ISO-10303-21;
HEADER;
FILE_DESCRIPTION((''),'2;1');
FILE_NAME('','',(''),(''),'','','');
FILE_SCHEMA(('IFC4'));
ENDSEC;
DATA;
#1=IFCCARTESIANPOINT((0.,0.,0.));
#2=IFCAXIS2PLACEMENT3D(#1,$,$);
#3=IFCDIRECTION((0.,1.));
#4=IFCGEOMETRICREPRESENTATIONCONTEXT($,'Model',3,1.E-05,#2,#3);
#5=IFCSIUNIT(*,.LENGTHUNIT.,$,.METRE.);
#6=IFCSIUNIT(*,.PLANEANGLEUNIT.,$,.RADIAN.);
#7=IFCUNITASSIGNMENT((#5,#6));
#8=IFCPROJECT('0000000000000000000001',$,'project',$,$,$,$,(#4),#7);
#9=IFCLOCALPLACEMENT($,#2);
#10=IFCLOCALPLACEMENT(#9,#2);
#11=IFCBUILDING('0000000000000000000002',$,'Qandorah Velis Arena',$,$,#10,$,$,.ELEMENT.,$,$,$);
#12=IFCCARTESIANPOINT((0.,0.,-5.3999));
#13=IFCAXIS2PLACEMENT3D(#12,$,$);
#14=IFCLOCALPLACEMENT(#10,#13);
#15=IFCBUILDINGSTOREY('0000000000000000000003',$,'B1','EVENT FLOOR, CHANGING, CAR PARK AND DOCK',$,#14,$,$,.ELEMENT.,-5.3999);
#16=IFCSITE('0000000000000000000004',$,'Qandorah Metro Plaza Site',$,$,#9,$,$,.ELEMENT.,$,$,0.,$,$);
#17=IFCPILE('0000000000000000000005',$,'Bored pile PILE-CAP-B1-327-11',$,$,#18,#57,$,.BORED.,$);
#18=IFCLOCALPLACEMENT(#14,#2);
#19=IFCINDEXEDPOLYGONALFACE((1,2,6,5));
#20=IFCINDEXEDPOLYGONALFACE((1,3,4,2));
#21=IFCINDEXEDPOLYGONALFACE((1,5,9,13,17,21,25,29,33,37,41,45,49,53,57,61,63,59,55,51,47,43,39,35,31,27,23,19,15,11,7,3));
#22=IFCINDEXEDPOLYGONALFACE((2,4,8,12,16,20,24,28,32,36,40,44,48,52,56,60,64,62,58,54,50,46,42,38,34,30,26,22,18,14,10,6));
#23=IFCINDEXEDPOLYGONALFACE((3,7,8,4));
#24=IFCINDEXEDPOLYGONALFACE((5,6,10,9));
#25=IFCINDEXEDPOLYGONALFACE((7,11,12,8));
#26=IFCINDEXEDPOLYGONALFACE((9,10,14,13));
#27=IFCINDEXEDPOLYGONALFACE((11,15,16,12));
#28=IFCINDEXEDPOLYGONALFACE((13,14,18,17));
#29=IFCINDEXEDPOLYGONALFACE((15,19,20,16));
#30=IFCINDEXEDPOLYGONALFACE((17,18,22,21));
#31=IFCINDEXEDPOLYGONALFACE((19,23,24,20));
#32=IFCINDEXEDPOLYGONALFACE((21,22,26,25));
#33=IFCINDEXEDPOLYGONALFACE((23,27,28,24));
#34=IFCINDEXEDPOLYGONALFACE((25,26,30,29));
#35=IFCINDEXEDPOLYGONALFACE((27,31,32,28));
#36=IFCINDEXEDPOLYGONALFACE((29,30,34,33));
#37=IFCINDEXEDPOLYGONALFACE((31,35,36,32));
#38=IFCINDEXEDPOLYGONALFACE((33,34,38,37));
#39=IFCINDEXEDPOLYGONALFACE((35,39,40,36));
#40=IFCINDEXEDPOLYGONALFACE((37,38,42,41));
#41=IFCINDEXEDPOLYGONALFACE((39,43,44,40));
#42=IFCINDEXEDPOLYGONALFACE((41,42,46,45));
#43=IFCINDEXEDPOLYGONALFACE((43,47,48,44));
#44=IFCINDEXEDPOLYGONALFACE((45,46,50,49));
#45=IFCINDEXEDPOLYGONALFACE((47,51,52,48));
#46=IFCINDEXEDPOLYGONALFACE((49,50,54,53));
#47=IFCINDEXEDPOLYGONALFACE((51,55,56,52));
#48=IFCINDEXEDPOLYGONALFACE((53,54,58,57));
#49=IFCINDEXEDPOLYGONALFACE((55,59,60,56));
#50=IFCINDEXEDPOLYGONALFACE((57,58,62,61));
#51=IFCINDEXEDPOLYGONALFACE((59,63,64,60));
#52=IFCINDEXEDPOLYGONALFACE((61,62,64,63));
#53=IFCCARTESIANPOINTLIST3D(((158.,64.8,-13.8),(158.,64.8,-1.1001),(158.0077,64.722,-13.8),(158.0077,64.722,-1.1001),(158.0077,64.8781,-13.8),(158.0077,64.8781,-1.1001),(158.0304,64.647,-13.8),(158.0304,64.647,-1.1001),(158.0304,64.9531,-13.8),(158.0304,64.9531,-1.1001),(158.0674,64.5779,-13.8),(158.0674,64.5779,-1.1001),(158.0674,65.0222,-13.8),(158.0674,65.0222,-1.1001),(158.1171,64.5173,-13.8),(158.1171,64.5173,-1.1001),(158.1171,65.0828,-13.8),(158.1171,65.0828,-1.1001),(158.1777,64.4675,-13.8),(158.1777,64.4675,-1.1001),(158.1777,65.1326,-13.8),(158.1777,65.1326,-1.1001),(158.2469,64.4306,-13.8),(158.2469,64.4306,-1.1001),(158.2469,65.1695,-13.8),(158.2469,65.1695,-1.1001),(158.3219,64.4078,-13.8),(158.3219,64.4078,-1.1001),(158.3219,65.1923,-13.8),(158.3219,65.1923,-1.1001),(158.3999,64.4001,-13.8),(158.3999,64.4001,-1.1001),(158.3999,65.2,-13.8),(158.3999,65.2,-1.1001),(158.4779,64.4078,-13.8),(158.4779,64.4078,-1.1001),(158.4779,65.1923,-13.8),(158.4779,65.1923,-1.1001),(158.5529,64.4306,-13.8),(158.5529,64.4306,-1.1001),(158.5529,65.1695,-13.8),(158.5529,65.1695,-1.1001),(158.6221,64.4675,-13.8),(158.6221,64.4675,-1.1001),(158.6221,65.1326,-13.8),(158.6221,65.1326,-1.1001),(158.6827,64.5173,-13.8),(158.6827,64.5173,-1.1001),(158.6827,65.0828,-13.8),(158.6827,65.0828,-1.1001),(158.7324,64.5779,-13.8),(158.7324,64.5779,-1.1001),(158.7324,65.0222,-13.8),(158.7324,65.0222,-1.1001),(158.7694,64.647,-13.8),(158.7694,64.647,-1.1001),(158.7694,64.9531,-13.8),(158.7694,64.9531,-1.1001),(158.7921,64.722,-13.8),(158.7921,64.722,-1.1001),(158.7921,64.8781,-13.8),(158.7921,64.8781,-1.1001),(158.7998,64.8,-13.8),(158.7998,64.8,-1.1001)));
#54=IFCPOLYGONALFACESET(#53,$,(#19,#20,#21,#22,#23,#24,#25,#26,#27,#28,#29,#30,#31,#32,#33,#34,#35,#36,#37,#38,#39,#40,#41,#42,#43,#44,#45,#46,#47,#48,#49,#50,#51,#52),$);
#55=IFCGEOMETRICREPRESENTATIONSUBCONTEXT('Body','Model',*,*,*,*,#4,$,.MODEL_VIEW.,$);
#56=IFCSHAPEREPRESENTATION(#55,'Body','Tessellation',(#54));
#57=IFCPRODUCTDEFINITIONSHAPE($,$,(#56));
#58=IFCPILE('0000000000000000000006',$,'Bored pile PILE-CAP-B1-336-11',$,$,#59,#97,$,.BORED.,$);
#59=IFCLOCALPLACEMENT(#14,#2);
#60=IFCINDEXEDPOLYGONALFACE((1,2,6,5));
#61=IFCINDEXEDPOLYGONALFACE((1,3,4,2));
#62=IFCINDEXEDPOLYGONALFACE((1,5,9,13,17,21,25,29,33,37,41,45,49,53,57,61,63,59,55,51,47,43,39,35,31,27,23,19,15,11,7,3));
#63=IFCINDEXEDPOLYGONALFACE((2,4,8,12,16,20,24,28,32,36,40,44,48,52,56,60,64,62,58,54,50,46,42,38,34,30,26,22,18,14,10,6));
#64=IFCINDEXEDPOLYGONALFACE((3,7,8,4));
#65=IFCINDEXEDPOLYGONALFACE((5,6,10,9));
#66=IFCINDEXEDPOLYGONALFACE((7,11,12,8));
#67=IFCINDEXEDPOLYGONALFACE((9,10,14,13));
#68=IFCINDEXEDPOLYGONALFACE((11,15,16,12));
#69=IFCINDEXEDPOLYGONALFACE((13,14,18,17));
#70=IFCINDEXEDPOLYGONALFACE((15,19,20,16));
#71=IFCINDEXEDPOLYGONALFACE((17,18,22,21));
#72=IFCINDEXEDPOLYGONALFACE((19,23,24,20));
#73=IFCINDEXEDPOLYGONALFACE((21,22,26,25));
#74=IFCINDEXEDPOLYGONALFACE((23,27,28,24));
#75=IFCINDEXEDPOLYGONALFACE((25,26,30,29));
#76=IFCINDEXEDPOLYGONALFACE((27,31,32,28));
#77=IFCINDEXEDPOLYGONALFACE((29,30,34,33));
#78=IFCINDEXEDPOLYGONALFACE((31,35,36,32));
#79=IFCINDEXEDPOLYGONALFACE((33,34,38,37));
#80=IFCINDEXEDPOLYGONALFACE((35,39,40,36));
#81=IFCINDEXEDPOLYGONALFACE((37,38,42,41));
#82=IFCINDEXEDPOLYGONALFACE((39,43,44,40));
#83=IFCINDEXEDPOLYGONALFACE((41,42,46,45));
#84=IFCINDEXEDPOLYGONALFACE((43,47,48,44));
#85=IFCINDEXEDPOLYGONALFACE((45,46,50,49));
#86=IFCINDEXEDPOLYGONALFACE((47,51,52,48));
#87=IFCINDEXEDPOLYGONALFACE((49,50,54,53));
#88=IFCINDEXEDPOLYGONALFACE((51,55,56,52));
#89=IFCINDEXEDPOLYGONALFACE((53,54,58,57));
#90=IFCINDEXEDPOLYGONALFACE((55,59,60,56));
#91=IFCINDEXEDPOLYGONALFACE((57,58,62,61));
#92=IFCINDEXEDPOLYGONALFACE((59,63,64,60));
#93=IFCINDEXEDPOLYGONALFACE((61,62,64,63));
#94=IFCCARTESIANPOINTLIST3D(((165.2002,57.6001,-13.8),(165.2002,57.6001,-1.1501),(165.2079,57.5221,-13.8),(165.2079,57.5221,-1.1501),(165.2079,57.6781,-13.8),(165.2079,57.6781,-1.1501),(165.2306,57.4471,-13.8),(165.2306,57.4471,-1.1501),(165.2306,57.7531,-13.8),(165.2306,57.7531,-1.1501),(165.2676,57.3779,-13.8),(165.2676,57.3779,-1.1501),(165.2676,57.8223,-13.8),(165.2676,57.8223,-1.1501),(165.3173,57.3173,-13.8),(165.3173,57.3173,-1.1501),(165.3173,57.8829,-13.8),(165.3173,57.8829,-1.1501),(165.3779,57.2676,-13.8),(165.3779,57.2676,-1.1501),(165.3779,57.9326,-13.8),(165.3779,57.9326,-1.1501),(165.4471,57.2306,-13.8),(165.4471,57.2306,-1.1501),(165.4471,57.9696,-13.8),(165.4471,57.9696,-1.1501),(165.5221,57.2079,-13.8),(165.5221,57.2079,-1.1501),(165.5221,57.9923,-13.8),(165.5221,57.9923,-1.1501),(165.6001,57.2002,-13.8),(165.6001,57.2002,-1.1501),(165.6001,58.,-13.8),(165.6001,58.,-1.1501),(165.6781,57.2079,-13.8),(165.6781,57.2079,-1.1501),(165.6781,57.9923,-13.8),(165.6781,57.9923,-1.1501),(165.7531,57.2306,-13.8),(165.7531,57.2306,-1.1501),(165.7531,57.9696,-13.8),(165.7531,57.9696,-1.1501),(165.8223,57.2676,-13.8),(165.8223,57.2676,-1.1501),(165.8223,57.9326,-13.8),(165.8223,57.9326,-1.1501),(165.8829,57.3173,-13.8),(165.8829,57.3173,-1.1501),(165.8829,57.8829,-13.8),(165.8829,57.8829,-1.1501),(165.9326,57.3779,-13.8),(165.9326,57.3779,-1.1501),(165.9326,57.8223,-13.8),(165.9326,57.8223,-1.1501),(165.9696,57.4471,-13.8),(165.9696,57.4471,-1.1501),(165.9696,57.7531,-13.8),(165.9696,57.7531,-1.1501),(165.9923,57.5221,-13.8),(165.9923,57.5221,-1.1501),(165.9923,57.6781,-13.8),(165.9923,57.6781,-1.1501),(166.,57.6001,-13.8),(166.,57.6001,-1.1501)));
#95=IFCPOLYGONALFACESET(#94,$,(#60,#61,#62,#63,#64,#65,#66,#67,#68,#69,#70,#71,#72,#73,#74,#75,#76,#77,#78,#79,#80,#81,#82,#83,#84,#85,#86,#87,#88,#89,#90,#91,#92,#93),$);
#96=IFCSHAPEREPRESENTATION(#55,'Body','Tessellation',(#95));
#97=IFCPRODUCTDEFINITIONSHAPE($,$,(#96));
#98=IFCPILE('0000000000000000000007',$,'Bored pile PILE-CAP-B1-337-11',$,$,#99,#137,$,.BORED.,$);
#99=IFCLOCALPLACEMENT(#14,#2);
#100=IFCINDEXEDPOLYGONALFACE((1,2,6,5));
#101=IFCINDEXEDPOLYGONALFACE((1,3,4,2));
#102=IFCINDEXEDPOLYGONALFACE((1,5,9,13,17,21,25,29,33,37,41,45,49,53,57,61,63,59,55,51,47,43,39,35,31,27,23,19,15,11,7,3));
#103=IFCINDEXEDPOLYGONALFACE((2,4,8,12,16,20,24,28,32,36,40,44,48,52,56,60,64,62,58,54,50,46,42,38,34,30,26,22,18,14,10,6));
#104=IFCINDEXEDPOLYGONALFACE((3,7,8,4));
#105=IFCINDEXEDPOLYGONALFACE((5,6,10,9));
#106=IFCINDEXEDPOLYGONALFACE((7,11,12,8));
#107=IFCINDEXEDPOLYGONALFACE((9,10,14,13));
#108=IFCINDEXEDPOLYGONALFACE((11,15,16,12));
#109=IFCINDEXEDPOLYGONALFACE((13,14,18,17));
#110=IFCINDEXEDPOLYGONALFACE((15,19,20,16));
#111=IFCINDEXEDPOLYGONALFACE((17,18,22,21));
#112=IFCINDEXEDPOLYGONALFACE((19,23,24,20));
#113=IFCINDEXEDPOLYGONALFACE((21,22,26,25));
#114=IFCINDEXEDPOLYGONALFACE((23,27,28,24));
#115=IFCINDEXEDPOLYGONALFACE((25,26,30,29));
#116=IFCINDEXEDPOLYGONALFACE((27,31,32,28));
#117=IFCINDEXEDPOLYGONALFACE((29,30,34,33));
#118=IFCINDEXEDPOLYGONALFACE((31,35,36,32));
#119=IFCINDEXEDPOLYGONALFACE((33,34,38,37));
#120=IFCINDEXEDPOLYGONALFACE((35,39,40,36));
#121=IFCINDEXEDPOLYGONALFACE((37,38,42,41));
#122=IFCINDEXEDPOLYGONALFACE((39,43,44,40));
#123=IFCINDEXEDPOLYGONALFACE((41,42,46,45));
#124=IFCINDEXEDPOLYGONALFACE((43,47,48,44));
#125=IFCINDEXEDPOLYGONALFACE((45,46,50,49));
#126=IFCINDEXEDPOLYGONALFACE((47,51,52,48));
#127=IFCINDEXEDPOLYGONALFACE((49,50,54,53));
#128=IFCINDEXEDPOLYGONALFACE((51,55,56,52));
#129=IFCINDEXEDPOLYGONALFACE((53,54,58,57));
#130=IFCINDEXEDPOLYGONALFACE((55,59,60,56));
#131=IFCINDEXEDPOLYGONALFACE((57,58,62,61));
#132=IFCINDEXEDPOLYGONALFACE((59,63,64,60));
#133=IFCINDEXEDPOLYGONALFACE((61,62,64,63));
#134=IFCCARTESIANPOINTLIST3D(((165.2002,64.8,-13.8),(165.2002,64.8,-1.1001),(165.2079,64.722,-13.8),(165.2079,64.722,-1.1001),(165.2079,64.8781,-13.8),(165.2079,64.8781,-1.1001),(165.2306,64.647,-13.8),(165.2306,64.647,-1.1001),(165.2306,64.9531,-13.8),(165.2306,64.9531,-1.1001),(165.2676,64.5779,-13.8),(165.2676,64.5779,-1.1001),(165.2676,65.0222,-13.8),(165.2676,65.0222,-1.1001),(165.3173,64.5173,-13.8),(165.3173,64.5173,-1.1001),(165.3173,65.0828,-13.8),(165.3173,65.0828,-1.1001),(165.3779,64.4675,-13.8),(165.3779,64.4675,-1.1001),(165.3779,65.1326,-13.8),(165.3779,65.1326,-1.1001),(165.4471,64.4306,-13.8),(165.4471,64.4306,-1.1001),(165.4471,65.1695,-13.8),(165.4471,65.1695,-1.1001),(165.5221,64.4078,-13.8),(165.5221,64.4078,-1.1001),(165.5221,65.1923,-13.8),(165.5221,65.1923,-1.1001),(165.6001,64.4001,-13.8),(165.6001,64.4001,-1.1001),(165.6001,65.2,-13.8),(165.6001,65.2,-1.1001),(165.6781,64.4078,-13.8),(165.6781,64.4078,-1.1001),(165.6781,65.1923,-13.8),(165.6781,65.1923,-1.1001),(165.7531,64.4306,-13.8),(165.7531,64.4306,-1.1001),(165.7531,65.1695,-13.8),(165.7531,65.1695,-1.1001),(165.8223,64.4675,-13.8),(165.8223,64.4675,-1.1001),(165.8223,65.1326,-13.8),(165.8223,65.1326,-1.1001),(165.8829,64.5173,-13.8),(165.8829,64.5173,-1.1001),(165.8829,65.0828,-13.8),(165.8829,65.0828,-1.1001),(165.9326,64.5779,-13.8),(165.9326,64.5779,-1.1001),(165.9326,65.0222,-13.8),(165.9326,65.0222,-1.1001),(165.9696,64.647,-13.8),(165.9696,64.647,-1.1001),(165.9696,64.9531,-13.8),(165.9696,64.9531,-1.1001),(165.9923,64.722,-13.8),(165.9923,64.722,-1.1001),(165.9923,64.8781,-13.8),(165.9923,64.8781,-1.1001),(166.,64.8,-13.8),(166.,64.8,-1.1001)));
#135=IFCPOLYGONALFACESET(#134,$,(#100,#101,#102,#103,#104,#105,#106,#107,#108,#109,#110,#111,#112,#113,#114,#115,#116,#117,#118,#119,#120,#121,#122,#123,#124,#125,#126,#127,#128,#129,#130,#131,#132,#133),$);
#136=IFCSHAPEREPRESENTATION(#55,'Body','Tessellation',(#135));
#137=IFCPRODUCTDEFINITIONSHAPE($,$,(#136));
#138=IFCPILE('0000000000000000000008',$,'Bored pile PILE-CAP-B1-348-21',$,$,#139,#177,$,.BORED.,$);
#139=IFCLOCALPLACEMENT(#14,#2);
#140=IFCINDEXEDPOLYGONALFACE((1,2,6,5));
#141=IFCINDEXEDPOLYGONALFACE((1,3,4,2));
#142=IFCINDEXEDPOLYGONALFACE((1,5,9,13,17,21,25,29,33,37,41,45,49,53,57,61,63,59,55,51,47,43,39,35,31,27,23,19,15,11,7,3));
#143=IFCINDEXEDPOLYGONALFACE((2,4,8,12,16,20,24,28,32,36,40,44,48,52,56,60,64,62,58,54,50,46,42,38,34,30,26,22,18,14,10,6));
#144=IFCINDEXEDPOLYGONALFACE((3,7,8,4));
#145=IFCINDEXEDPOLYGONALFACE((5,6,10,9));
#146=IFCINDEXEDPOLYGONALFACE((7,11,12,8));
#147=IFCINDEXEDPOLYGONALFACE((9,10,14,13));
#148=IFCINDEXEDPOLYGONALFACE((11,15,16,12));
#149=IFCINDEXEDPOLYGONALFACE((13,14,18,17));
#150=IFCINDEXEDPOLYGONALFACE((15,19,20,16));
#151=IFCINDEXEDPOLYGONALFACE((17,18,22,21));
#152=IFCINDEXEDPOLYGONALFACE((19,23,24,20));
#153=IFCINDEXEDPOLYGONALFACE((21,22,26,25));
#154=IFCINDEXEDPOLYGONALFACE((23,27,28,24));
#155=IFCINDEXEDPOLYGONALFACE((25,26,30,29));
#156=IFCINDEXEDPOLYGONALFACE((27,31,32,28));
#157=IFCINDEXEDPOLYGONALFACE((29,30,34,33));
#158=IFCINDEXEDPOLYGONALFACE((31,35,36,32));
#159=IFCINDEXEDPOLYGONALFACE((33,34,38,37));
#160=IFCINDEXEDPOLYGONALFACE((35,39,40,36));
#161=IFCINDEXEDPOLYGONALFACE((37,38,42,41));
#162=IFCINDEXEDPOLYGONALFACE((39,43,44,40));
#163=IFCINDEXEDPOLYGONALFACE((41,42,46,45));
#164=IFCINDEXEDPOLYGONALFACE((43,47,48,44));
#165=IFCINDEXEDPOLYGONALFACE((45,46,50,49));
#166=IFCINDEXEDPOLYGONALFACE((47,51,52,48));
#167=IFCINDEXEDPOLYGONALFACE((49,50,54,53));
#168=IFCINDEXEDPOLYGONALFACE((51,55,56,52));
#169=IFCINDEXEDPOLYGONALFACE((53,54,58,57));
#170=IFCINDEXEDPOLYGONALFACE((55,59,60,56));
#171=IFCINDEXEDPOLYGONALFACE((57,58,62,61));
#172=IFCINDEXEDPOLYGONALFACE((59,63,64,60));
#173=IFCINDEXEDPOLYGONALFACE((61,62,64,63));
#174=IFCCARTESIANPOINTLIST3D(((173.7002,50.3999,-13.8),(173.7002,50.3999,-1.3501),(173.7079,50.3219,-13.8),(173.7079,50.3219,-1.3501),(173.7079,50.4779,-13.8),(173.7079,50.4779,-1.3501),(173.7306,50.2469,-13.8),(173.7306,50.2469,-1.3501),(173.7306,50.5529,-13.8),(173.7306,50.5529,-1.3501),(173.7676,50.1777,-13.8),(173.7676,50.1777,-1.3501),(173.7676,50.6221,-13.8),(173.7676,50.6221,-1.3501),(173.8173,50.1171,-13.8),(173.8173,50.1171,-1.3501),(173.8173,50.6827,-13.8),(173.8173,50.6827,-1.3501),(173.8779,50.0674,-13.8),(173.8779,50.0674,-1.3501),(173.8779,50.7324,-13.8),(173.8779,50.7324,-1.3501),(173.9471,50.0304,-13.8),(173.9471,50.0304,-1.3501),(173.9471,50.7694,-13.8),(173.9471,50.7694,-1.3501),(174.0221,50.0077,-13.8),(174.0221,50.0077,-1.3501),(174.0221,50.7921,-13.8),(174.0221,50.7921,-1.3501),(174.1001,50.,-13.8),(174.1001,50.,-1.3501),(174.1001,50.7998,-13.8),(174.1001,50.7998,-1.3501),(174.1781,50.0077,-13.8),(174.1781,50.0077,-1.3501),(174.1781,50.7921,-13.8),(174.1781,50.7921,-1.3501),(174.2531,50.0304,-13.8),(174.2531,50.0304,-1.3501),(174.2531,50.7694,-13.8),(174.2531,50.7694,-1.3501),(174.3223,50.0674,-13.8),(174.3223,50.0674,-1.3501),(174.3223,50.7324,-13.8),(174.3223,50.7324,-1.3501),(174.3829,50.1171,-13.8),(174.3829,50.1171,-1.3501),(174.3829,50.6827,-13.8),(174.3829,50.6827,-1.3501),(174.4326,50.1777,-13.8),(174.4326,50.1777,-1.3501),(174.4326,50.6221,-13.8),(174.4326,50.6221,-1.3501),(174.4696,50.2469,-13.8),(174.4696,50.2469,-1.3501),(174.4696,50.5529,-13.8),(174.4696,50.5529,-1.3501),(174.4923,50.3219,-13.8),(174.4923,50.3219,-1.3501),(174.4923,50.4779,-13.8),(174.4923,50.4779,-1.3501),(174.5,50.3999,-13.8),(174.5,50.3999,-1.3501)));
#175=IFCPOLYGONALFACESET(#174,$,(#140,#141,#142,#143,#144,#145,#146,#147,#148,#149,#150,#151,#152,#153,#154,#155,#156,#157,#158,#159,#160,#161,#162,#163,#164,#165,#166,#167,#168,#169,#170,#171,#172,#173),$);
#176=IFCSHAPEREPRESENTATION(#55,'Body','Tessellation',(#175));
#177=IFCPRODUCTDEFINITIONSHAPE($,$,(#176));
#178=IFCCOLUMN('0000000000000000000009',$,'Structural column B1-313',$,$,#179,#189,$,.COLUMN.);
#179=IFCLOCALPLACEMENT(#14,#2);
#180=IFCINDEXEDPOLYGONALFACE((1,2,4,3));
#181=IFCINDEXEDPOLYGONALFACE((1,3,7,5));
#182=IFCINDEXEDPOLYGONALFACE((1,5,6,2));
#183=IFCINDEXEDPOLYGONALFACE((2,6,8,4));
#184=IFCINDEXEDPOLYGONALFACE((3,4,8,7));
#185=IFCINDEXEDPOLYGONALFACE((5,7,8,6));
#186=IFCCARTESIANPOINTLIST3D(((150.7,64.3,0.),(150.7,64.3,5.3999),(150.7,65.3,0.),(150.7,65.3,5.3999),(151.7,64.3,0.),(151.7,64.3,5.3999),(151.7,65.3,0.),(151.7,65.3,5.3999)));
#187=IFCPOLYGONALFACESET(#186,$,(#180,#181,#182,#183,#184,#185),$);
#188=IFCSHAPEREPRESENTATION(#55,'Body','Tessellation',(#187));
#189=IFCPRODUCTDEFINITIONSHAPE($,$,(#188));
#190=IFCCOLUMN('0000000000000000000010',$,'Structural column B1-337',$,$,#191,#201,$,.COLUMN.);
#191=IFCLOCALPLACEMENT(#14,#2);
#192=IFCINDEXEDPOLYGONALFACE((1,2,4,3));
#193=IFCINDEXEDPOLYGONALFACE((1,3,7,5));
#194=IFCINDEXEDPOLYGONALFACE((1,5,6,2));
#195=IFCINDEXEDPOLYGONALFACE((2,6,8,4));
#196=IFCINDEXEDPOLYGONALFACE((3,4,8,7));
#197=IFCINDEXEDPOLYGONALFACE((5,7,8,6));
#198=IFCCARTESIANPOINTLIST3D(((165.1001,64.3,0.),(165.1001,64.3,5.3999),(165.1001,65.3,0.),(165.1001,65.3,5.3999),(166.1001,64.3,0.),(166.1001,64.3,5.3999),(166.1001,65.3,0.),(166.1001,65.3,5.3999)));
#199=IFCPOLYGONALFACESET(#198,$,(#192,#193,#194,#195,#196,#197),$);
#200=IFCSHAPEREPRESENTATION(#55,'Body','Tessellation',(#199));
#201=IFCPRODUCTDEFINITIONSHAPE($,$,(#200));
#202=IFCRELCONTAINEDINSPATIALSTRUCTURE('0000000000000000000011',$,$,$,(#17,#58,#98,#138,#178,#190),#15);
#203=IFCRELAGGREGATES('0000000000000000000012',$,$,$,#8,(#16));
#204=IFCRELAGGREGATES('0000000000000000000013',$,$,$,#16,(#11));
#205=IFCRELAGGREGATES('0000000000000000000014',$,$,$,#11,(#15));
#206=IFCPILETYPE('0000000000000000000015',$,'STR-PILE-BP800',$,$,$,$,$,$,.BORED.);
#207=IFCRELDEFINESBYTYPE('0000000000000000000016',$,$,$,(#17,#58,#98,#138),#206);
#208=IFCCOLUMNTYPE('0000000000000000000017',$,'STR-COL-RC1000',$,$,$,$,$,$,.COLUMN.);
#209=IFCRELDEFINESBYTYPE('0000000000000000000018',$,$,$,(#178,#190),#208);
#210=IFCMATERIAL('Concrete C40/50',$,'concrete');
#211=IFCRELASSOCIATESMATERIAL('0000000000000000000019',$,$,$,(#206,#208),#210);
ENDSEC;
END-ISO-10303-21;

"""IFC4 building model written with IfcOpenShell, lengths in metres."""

from ifc_helpers import new_model, si_unit, direction, frame, origin, origin_2d, place, context, subcontext, project, spatial, rectangle, circle, extrude, material, material_profile, profile_set, type_object, element, save


model = new_model("IFC4")

# Units and contexts
model_context = context("Model", 3, precision=1e-05, world=origin(), true_north=direction((0.0, 1.0)))
body_context = subcontext(model_context, "Body", "Model", "MODEL_VIEW")
ifc_project = project(units=[si_unit("LENGTHUNIT", "METRE"), si_unit("PLANEANGLEUNIT", "RADIAN")], contexts=[model_context])

# Site, building, storey
site_placement = place(None, origin())
site = spatial("IfcSite", under=ifc_project, at=site_placement, Name="Qandorah Metro Plaza Site", CompositionType="ELEMENT", RefElevation=0.0)
building_placement = place(site_placement, origin())
building = spatial("IfcBuilding", under=site, at=building_placement, Name="Qandorah Velis Arena", CompositionType="ELEMENT")
storey_placement = place(building_placement, frame((0.0, 0.0, -5.3999)))
storey = spatial("IfcBuildingStorey", under=building, at=storey_placement, Name="B1", Description="EVENT FLOOR, CHANGING, CAR PARK AND DOCK", CompositionType="ELEMENT", Elevation=-5.3999)

# Shared definitions
ifc_material_1 = material(Name="Concrete C40/50", Category="concrete")

# Piles
ifc_material_profile_1 = material_profile(ifc_material_1, circle(Radius=0.3999, at=origin_2d()), Name="BORED PILE D800")
ifc_profile_set_1 = profile_set([ifc_material_profile_1], Name="Concrete C40/50")
pile_type_1 = type_object("IfcPileType", Name="STR-PILE-BP800", PredefinedType="BORED", material=ifc_profile_set_1)
pile_1_placement = place(storey_placement, frame((158.3999, 64.8, -1.1001), z_axis=(0.0, 0.0, -1.0), x_axis=(1.0, 0.0, 0.0)))
element("IfcPile", 1, at=pile_1_placement, inside=storey, type_object=pile_type_1, Name="Bored pile PILE-CAP-B1-327-11", PredefinedType="BORED", context=body_context, shape_type="SweptSolid", body=[
    extrude(circle(Radius=0.3999, at=origin_2d()), origin(), (0.0, 0.0, 1.0), 12.7),
])
pile_2_placement = place(storey_placement, frame((165.6001, 57.6001, -1.1501), z_axis=(0.0, 0.0, -1.0), x_axis=(1.0, 0.0, 0.0)))
element("IfcPile", 2, at=pile_2_placement, inside=storey, type_object=pile_type_1, Name="Bored pile PILE-CAP-B1-336-11", PredefinedType="BORED", context=body_context, shape_type="SweptSolid", body=[
    extrude(circle(Radius=0.3999, at=origin_2d()), origin(), (0.0, 0.0, 1.0), 12.6499),
])
pile_3_placement = place(storey_placement, frame((165.6001, 64.8, -1.1001), z_axis=(0.0, 0.0, -1.0), x_axis=(1.0, 0.0, 0.0)))
element("IfcPile", 3, at=pile_3_placement, inside=storey, type_object=pile_type_1, Name="Bored pile PILE-CAP-B1-337-11", PredefinedType="BORED", context=body_context, shape_type="SweptSolid", body=[
    extrude(circle(Radius=0.3999, at=origin_2d()), origin(), (0.0, 0.0, 1.0), 12.7),
])
pile_4_placement = place(storey_placement, frame((174.1001, 50.3999, -1.3501), z_axis=(0.0, 0.0, -1.0), x_axis=(1.0, 0.0, 0.0)))
element("IfcPile", 4, at=pile_4_placement, inside=storey, type_object=pile_type_1, Name="Bored pile PILE-CAP-B1-348-21", PredefinedType="BORED", context=body_context, shape_type="SweptSolid", body=[
    extrude(circle(Radius=0.3999, at=origin_2d()), origin(), (0.0, 0.0, 1.0), 12.45),
])

# Columns
ifc_material_profile_2 = material_profile(ifc_material_1, rectangle(XDim=1.0, YDim=1.0, at=origin_2d()), Name="RC COL 1000x1000")
ifc_profile_set_2 = profile_set([ifc_material_profile_2], Name="Concrete C40/50")
column_type_1 = type_object("IfcColumnType", Name="STR-COL-RC1000", PredefinedType="COLUMN", material=ifc_profile_set_2)
for number, where, z_axis, x_axis, name in (
    (5, (151.2, 64.8, 0.0), (0.0, 0.0, 1.0), (1.0, 0.0, 0.0), "Structural column B1-313"),
    (6, (165.6001, 64.8, 0.0), (0.0, 0.0, 1.0), (1.0, 0.0, 0.0), "Structural column B1-337"),
):
    element("IfcColumn", number, at=place(storey_placement, frame(where, z_axis=z_axis, x_axis=x_axis)), inside=storey, type_object=column_type_1, Name=name, PredefinedType="COLUMN", context=body_context, shape_type="SweptSolid", body=[
        extrude(rectangle(XDim=1.0, YDim=1.0, at=origin_2d()), origin(), (0.0, 0.0, 1.0), 5.3999),
    ])

save(model, "model.ifc")
